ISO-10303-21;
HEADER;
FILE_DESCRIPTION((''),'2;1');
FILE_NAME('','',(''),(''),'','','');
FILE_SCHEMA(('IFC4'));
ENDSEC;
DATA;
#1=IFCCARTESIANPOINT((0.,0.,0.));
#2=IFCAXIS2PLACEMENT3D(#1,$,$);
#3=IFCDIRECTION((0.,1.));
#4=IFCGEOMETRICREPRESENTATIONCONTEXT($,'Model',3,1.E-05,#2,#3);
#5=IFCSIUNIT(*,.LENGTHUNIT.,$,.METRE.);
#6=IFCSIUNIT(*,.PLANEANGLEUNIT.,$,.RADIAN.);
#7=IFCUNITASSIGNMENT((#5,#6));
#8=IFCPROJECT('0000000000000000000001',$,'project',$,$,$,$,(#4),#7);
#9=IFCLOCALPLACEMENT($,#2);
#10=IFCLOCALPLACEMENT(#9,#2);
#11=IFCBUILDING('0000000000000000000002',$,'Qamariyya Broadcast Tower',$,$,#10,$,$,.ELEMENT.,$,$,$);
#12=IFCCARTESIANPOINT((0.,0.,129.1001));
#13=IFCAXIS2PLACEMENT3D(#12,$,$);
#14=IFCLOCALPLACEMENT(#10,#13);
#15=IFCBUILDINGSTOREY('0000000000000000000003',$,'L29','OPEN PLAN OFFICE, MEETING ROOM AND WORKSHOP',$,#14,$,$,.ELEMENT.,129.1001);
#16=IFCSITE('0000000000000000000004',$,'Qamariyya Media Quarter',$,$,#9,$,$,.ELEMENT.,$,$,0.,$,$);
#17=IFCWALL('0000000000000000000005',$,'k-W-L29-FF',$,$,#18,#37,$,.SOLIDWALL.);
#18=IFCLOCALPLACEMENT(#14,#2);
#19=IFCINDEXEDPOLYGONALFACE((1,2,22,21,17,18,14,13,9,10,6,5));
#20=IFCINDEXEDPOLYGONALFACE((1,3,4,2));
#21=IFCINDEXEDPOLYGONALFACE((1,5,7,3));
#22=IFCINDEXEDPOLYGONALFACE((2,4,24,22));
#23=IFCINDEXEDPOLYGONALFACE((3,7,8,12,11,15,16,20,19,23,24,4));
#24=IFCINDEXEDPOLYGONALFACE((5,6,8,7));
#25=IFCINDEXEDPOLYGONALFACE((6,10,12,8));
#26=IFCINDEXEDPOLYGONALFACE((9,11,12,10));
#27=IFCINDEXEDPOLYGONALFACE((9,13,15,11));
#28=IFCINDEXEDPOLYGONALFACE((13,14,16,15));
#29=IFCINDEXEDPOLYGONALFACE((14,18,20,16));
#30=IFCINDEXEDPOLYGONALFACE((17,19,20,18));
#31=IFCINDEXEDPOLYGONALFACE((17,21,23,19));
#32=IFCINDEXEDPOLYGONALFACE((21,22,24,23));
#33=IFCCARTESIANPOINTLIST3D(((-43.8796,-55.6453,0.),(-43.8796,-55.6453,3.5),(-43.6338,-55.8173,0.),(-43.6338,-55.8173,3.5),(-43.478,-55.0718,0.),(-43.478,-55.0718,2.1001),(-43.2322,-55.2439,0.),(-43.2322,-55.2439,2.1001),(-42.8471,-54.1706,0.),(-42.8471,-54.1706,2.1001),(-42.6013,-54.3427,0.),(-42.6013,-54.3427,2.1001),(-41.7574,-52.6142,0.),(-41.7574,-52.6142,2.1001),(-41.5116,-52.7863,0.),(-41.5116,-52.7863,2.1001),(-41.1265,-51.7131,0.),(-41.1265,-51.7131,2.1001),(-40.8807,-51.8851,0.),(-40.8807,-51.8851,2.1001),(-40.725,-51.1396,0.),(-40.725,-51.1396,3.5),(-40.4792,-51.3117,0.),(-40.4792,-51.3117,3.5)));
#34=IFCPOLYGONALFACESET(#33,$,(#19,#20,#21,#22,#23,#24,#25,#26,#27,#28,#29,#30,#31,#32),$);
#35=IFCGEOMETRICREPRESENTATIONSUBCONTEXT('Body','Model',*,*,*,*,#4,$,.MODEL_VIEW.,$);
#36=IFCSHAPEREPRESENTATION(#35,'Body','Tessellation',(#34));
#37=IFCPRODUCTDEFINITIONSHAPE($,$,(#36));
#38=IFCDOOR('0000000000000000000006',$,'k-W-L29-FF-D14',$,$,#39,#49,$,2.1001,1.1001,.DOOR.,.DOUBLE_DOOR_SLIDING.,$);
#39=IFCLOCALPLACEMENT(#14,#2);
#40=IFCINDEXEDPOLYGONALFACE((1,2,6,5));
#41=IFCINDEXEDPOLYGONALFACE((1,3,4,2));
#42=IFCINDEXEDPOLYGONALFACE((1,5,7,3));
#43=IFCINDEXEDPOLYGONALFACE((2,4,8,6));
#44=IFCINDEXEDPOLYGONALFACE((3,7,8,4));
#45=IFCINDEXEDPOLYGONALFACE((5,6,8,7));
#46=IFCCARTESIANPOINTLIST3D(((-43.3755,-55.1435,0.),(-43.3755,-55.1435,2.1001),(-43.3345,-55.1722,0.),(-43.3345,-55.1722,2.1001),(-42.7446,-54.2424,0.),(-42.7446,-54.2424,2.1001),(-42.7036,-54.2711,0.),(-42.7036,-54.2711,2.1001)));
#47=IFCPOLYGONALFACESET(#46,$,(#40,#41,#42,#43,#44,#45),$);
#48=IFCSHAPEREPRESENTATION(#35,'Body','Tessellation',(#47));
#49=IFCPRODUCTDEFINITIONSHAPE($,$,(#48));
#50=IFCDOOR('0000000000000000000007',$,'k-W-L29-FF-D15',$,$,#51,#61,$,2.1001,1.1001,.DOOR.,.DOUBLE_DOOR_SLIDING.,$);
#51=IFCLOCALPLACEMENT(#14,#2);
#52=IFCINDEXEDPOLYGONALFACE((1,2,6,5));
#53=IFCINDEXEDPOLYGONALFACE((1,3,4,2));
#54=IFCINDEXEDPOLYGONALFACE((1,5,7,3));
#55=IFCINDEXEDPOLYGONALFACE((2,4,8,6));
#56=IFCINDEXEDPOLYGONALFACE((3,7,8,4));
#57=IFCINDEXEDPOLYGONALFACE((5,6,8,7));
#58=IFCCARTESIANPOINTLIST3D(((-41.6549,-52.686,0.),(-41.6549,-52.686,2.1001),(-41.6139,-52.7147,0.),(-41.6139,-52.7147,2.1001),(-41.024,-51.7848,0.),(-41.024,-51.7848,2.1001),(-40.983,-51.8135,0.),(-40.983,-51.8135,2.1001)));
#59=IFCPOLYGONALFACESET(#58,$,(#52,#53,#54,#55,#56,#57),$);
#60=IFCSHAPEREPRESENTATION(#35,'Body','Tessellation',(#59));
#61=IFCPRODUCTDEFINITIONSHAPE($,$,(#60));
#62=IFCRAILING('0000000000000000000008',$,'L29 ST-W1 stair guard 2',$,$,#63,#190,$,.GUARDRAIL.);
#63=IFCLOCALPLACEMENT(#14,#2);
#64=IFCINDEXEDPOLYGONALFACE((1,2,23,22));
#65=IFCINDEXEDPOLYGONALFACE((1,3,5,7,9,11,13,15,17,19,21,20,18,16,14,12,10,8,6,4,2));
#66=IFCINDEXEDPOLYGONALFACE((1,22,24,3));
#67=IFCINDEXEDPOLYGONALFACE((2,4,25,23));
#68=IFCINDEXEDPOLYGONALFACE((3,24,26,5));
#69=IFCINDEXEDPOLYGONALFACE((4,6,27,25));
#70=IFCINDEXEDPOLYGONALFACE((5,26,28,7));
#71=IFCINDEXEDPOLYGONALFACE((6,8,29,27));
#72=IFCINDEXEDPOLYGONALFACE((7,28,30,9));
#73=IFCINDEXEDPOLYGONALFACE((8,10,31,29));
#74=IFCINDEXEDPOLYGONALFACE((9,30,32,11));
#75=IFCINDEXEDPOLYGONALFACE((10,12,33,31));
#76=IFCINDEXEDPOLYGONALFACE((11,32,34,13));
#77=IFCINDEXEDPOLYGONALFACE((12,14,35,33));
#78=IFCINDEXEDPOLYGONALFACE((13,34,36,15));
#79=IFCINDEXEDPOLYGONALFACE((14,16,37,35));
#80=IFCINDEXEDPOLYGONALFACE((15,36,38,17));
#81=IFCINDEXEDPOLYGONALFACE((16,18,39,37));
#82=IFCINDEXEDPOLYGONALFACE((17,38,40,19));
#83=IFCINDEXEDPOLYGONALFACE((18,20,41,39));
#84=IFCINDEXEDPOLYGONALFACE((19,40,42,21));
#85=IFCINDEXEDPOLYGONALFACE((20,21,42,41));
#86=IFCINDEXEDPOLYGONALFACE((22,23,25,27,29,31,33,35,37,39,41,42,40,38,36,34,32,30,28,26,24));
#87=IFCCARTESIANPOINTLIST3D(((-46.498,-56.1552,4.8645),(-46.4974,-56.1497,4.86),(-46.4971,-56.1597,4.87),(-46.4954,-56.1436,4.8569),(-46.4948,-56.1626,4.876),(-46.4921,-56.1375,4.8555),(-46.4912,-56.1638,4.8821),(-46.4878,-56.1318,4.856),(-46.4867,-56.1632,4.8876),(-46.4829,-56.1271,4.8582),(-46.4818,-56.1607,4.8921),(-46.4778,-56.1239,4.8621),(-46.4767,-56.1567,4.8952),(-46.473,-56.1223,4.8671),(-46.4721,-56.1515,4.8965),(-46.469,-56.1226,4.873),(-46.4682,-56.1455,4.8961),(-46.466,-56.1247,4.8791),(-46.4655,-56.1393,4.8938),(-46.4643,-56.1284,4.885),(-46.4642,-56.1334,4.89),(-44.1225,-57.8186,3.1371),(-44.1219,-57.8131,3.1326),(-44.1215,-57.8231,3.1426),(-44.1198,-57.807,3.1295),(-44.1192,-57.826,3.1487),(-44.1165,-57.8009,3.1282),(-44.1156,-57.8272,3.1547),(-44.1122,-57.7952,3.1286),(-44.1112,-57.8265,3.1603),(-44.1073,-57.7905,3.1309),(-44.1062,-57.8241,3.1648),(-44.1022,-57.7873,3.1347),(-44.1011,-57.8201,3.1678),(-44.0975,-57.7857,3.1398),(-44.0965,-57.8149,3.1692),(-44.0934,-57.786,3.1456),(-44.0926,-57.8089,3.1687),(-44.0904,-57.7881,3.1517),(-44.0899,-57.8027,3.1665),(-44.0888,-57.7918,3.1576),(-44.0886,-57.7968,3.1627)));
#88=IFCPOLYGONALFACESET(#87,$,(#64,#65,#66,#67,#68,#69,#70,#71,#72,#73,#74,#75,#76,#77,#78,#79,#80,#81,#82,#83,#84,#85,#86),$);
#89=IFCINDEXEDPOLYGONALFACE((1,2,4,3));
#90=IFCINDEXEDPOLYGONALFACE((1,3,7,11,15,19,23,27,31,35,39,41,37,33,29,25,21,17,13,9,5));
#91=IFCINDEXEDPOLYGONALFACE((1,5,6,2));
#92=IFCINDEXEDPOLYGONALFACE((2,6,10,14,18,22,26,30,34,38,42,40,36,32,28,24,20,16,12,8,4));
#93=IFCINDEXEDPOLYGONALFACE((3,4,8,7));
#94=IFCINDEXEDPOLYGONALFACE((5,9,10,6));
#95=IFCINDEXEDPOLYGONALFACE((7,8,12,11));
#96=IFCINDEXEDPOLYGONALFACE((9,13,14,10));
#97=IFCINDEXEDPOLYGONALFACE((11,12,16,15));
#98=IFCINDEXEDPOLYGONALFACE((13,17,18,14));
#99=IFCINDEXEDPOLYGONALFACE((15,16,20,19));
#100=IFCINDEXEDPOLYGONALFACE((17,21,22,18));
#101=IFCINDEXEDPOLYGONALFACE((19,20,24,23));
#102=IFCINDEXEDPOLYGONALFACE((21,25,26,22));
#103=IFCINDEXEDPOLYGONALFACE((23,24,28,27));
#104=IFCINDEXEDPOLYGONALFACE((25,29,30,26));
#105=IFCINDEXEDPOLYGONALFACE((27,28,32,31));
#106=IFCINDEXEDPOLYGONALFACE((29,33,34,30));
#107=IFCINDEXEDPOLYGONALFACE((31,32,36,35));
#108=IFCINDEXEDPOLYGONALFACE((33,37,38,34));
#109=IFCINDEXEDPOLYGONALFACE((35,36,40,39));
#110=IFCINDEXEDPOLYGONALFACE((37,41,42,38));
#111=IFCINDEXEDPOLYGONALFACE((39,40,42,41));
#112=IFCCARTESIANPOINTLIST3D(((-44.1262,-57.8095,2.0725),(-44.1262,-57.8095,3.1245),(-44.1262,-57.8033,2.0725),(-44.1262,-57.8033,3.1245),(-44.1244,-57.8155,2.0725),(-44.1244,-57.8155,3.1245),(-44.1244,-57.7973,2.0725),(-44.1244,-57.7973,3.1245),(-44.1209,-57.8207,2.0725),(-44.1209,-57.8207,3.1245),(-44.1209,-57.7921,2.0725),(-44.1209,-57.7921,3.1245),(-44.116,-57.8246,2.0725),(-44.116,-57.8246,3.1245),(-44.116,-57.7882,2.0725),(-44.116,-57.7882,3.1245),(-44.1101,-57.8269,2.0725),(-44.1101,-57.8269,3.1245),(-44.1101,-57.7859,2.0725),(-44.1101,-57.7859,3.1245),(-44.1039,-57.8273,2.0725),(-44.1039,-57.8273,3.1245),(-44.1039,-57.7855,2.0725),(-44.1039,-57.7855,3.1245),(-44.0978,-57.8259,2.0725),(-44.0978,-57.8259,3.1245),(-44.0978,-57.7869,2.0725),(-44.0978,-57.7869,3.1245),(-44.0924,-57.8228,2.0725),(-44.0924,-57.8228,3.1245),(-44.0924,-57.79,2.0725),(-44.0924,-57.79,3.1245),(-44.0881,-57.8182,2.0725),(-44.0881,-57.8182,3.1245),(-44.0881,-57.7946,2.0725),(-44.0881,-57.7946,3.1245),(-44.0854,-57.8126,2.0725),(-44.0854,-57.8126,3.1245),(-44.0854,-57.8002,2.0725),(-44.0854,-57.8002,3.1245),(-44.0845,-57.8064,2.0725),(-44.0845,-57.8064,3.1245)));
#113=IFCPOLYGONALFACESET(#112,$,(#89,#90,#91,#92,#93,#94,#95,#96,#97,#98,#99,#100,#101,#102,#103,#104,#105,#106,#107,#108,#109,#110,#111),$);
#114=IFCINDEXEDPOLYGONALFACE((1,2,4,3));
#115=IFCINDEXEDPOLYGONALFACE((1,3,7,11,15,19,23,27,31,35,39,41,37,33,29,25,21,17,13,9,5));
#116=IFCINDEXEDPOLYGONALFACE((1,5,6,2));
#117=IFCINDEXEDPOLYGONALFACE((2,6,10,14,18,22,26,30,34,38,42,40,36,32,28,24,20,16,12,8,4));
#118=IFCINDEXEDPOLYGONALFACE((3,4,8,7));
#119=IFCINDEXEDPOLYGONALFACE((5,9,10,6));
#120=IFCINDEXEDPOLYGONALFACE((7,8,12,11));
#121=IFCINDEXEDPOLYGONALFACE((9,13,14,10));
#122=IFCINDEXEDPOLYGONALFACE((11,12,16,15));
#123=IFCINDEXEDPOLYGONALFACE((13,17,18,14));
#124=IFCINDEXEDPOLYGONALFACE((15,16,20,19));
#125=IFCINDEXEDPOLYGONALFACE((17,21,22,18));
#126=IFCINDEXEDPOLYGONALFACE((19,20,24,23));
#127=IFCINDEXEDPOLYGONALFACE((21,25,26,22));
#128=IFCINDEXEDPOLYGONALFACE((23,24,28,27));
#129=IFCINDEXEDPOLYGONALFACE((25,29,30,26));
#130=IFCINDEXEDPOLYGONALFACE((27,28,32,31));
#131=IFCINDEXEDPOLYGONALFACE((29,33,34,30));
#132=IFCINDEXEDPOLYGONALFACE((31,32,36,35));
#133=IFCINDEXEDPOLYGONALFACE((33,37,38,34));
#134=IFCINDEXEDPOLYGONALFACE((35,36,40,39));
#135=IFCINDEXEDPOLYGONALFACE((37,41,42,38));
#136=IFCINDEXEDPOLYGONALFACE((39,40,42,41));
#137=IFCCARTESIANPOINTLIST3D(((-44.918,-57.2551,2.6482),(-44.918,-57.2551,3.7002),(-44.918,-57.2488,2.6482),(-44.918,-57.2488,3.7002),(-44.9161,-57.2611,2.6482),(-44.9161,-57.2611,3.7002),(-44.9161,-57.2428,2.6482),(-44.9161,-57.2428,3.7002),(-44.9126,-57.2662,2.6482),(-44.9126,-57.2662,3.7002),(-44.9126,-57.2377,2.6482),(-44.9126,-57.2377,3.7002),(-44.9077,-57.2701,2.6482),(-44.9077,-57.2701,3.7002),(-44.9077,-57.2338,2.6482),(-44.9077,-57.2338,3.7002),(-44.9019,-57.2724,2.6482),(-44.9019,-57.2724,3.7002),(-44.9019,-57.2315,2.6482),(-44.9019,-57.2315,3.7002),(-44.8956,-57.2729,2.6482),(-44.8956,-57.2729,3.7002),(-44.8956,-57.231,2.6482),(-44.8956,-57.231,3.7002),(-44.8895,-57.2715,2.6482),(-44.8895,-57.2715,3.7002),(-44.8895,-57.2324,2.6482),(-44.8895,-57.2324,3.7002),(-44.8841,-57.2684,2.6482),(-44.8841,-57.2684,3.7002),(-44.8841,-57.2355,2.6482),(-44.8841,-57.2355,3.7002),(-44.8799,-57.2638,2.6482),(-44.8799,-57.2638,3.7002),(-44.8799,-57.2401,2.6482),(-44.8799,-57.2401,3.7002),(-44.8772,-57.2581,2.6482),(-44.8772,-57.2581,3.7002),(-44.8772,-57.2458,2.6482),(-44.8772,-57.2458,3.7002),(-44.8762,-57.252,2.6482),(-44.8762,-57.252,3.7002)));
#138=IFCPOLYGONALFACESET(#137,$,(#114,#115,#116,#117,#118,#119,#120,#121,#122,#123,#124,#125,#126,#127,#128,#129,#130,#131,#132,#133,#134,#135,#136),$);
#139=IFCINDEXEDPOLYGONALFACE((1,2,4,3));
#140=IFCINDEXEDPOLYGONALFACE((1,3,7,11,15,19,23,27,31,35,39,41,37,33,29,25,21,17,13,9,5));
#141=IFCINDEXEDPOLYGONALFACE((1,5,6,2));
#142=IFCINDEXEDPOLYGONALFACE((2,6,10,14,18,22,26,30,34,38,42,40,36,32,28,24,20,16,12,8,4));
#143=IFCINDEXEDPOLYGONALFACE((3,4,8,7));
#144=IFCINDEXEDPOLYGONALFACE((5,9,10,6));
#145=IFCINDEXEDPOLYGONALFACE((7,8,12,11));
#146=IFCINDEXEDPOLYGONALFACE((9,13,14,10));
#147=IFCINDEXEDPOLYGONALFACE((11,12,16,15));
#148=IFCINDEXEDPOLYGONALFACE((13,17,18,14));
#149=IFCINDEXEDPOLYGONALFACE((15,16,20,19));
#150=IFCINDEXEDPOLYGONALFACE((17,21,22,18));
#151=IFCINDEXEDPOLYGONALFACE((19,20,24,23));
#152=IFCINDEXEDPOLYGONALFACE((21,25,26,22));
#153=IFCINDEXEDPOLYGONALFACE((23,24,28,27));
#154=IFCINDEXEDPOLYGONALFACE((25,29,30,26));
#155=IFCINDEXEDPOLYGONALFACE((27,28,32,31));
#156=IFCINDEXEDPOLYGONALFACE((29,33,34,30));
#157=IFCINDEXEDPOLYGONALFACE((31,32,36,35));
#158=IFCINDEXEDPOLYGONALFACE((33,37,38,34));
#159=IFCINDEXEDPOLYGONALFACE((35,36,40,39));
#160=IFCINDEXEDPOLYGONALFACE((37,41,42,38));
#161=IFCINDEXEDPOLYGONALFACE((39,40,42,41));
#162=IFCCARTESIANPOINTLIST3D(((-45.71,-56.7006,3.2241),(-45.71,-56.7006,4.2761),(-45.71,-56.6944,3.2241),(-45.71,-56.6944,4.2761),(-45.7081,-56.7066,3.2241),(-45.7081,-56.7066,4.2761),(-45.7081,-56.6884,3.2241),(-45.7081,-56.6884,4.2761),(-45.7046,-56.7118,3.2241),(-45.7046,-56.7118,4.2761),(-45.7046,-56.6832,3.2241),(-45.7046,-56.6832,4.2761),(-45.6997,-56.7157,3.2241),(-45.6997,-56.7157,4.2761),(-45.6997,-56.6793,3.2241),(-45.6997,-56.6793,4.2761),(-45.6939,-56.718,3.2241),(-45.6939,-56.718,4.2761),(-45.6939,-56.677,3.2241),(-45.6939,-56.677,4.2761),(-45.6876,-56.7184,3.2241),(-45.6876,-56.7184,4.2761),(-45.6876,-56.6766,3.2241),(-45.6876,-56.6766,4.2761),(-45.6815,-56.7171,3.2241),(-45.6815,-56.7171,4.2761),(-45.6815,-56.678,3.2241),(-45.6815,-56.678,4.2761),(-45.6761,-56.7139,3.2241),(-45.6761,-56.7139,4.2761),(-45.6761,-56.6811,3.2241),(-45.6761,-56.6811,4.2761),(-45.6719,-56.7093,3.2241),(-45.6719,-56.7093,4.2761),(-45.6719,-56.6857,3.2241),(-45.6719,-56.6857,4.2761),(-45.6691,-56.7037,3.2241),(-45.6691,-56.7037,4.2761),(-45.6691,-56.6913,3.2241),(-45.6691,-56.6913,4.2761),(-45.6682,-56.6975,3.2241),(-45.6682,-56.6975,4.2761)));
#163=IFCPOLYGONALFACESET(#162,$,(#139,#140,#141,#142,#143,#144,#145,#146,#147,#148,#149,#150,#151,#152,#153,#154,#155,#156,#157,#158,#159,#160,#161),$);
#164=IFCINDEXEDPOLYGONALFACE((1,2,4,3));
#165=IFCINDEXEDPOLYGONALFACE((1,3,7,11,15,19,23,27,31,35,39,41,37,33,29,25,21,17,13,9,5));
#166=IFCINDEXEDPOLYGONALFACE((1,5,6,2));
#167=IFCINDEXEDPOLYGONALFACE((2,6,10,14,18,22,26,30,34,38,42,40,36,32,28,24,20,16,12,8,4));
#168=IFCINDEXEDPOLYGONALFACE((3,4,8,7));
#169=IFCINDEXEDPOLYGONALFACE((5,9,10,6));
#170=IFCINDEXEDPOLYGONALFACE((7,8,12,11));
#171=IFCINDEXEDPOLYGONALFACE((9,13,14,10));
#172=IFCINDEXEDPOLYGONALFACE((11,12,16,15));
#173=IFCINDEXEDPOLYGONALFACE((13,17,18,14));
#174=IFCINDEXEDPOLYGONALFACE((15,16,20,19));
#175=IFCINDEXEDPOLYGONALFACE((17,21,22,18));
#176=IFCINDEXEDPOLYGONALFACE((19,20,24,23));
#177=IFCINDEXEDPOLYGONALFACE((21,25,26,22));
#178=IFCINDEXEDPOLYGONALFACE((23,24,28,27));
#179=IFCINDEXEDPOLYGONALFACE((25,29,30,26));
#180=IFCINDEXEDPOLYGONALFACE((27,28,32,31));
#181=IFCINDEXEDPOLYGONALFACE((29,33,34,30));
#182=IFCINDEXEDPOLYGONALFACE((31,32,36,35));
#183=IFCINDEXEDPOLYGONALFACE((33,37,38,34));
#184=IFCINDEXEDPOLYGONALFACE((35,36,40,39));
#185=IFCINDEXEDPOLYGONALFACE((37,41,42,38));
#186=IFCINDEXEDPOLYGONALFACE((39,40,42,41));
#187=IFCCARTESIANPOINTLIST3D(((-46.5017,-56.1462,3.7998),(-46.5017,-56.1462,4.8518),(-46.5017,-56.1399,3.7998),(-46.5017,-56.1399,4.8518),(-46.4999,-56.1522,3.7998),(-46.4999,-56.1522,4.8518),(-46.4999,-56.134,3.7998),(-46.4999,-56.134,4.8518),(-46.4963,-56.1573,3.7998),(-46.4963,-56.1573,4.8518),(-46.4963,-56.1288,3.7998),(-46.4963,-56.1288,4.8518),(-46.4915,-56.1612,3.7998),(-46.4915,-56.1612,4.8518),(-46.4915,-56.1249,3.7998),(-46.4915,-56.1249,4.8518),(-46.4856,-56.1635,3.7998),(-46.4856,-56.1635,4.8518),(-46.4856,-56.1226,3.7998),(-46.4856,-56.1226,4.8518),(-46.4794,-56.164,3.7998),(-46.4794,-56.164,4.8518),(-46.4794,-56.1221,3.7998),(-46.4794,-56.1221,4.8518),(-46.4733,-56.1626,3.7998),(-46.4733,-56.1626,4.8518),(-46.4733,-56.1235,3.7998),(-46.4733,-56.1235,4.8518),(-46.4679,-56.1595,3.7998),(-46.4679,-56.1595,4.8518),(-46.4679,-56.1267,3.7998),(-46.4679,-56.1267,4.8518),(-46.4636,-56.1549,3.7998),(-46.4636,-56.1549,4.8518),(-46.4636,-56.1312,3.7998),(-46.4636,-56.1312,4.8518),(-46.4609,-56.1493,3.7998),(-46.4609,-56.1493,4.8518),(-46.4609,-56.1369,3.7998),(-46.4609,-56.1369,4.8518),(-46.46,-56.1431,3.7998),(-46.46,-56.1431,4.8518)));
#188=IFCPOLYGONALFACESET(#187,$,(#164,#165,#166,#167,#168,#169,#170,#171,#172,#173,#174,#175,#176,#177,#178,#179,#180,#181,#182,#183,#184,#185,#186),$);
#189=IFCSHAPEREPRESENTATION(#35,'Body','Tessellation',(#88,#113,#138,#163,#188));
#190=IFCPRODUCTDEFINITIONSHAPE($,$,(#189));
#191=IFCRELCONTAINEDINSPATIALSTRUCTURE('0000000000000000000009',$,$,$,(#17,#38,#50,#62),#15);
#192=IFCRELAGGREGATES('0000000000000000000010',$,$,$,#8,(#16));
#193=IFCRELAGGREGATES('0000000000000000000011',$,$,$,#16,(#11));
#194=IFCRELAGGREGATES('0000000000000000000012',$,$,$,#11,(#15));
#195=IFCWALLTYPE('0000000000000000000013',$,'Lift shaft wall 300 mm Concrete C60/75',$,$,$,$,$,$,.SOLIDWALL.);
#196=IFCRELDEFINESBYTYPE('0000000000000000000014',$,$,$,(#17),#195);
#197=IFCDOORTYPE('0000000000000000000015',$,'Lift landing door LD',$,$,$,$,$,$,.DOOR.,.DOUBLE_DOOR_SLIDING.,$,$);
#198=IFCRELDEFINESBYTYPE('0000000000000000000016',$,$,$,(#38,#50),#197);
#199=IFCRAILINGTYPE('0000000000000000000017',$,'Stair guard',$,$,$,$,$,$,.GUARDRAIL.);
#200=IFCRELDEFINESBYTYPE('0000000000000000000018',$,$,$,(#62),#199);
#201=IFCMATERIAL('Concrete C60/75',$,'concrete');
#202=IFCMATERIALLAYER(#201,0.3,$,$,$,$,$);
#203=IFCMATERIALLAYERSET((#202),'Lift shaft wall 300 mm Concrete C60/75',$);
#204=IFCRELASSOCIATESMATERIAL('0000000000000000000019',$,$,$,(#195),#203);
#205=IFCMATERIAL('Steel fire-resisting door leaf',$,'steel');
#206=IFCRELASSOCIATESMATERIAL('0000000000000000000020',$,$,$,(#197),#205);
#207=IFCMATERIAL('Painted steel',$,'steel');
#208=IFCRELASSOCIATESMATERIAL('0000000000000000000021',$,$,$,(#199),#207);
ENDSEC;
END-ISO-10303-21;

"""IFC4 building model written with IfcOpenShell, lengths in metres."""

from ifc_helpers import new_model, si_unit, direction, frame, frame_2d, origin, origin_2d, place, context, subcontext, project, spatial, rectangle, circle, extrude, material, layer, layer_set, type_object, element, fill, save


model = new_model("IFC4")

# Units and contexts
model_context = context("Model", 3, precision=1e-05, world=origin(), true_north=direction((0.0, 1.0)))
body_context = subcontext(model_context, "Body", "Model", "MODEL_VIEW")
ifc_project = project(units=[si_unit("LENGTHUNIT", "METRE"), si_unit("PLANEANGLEUNIT", "RADIAN")], contexts=[model_context])

# Site, building, storey
site_placement = place(None, origin())
site = spatial("IfcSite", under=ifc_project, at=site_placement, Name="Qamariyya Media Quarter", CompositionType="ELEMENT", RefElevation=0.0)
building_placement = place(site_placement, origin())
building = spatial("IfcBuilding", under=site, at=building_placement, Name="Qamariyya Broadcast Tower", CompositionType="ELEMENT")
storey_placement = place(building_placement, frame((0.0, 0.0, 129.1001)))
storey = spatial("IfcBuildingStorey", under=building, at=storey_placement, Name="L29", Description="OPEN PLAN OFFICE, MEETING ROOM AND WORKSHOP", CompositionType="ELEMENT", Elevation=129.1001)

# Shared definitions
ifc_material_1 = material(Name="Steel fire-resisting door leaf", Category="steel")

# Shared definitions
ifc_material_2 = material(Name="Concrete C60/75", Category="concrete")
ifc_layer_1 = layer(ifc_material_2, 0.3)
ifc_layer_set_1 = layer_set([ifc_layer_1], Name="Lift shaft wall 300 mm Concrete C60/75")
wall_type_1 = type_object("IfcWallType", Name="Lift shaft wall 300 mm Concrete C60/75", PredefinedType="SOLIDWALL", material=ifc_layer_set_1)

# Wall, openings, doors
wall_1_placement = place(storey_placement, frame((-43.7566, -55.7312, 0.0), z_axis=(0.0, 0.0, 1.0), x_axis=(0.573537, 0.81918, 0.0)))
wall_1 = element("IfcWall", 1, at=wall_1_placement, inside=storey, type_object=wall_type_1, Name="k-W-L29-FF", PredefinedType="SOLIDWALL", context=body_context, shape_type="SweptSolid", body=[
    extrude(rectangle(XDim=5.5002, YDim=0.3, at=frame_2d((2.75, 0.0))), origin(), (0.0, 0.0, 1.0), 3.5),
])
opening_1_placement = place(wall_1_placement, frame((0.7, 0.0, 0.0)))
opening_1 = element("IfcOpeningElement", 2, at=opening_1_placement, cuts=wall_1, PredefinedType="OPENING", context=body_context, shape_type="SweptSolid", body=[
    extrude(rectangle(XDim=1.1001, YDim=2.1001, at=frame_2d((0.55, 1.05))), frame((0.0, 0.1599, 0.0), z_axis=(0.0, -1.0, 0.0), x_axis=(1.0, 0.0, 0.0)), (0.0, 0.0, 1.0), 0.3201),
])
opening_2_placement = place(wall_1_placement, frame((3.7, 0.0, 0.0)))
opening_2 = element("IfcOpeningElement", 3, at=opening_2_placement, cuts=wall_1, PredefinedType="OPENING", context=body_context, shape_type="SweptSolid", body=[
    extrude(rectangle(XDim=1.1001, YDim=2.1001, at=frame_2d((0.55, 1.05))), frame((0.0, 0.1599, 0.0), z_axis=(0.0, -1.0, 0.0), x_axis=(1.0, 0.0, 0.0)), (0.0, 0.0, 1.0), 0.3201),
])
door_type_1 = type_object("IfcDoorType", Name="Lift landing door LD", OperationType="DOUBLE_DOOR_SLIDING", PredefinedType="DOOR", material=ifc_material_1)
door_1_placement = place(opening_1_placement, origin())
door_1 = element("IfcDoor", 4, at=door_1_placement, inside=storey, type_object=door_type_1, Name="k-W-L29-FF-D14", OperationType="DOUBLE_DOOR_SLIDING", OverallHeight=2.1001, OverallWidth=1.1001, PredefinedType="DOOR", context=body_context, shape_type="SweptSolid", body=[
    extrude(rectangle(XDim=1.1001, YDim=2.1001, at=frame_2d((0.55, 1.05))), frame((0.0, 0.0249, 0.0), z_axis=(0.0, -1.0, 0.0), x_axis=(1.0, 0.0, 0.0)), (0.0, 0.0, 1.0), 0.05),
])
fill(opening_1, door_1)
door_2_placement = place(opening_2_placement, origin())
door_2 = element("IfcDoor", 5, at=door_2_placement, inside=storey, type_object=door_type_1, Name="k-W-L29-FF-D15", OperationType="DOUBLE_DOOR_SLIDING", OverallHeight=2.1001, OverallWidth=1.1001, PredefinedType="DOOR", context=body_context, shape_type="SweptSolid", body=[
    extrude(rectangle(XDim=1.1001, YDim=2.1001, at=frame_2d((0.55, 1.05))), frame((0.0, 0.0249, 0.0), z_axis=(0.0, -1.0, 0.0), x_axis=(1.0, 0.0, 0.0)), (0.0, 0.0, 1.0), 0.05),
])
fill(opening_2, door_2)

# Railing
ifc_material_3 = material(Name="Painted steel", Category="steel")
railing_type_1 = type_object("IfcRailingType", Name="Stair guard", PredefinedType="GUARDRAIL", material=ifc_material_3)
railing_1_placement = place(storey_placement, frame((-44.1055, -57.8064, 2.0725)))
element("IfcRailing", 6, at=railing_1_placement, inside=storey, type_object=railing_type_1, Name="L29 ST-W1 stair guard 2", PredefinedType="GUARDRAIL", context=body_context, shape_type="SweptSolid", body=[
    extrude(circle(Radius=0.0239, at=origin_2d()), frame((0.0, 0.0, 1.0762), z_axis=(-0.70377, 0.492784, 0.511734), x_axis=(-0.573575, -0.819153, 0.0)), (0.0, 0.0, 1.0), 3.3755),
    extrude(circle(Radius=0.021, at=origin_2d()), origin(), (0.0, 0.0, 1.0), 1.052),
    extrude(circle(Radius=0.021, at=origin_2d()), frame((-0.7917, 0.5544, 0.5757)), (0.0, 0.0, 1.0), 1.052),
    extrude(circle(Radius=0.021, at=origin_2d()), frame((-1.5837, 1.1089, 1.1516)), (0.0, 0.0, 1.0), 1.052),
    extrude(circle(Radius=0.021, at=origin_2d()), frame((-2.3755, 1.6633, 1.7273)), (0.0, 0.0, 1.0), 1.052),
])

save(model, "model.ifc")
